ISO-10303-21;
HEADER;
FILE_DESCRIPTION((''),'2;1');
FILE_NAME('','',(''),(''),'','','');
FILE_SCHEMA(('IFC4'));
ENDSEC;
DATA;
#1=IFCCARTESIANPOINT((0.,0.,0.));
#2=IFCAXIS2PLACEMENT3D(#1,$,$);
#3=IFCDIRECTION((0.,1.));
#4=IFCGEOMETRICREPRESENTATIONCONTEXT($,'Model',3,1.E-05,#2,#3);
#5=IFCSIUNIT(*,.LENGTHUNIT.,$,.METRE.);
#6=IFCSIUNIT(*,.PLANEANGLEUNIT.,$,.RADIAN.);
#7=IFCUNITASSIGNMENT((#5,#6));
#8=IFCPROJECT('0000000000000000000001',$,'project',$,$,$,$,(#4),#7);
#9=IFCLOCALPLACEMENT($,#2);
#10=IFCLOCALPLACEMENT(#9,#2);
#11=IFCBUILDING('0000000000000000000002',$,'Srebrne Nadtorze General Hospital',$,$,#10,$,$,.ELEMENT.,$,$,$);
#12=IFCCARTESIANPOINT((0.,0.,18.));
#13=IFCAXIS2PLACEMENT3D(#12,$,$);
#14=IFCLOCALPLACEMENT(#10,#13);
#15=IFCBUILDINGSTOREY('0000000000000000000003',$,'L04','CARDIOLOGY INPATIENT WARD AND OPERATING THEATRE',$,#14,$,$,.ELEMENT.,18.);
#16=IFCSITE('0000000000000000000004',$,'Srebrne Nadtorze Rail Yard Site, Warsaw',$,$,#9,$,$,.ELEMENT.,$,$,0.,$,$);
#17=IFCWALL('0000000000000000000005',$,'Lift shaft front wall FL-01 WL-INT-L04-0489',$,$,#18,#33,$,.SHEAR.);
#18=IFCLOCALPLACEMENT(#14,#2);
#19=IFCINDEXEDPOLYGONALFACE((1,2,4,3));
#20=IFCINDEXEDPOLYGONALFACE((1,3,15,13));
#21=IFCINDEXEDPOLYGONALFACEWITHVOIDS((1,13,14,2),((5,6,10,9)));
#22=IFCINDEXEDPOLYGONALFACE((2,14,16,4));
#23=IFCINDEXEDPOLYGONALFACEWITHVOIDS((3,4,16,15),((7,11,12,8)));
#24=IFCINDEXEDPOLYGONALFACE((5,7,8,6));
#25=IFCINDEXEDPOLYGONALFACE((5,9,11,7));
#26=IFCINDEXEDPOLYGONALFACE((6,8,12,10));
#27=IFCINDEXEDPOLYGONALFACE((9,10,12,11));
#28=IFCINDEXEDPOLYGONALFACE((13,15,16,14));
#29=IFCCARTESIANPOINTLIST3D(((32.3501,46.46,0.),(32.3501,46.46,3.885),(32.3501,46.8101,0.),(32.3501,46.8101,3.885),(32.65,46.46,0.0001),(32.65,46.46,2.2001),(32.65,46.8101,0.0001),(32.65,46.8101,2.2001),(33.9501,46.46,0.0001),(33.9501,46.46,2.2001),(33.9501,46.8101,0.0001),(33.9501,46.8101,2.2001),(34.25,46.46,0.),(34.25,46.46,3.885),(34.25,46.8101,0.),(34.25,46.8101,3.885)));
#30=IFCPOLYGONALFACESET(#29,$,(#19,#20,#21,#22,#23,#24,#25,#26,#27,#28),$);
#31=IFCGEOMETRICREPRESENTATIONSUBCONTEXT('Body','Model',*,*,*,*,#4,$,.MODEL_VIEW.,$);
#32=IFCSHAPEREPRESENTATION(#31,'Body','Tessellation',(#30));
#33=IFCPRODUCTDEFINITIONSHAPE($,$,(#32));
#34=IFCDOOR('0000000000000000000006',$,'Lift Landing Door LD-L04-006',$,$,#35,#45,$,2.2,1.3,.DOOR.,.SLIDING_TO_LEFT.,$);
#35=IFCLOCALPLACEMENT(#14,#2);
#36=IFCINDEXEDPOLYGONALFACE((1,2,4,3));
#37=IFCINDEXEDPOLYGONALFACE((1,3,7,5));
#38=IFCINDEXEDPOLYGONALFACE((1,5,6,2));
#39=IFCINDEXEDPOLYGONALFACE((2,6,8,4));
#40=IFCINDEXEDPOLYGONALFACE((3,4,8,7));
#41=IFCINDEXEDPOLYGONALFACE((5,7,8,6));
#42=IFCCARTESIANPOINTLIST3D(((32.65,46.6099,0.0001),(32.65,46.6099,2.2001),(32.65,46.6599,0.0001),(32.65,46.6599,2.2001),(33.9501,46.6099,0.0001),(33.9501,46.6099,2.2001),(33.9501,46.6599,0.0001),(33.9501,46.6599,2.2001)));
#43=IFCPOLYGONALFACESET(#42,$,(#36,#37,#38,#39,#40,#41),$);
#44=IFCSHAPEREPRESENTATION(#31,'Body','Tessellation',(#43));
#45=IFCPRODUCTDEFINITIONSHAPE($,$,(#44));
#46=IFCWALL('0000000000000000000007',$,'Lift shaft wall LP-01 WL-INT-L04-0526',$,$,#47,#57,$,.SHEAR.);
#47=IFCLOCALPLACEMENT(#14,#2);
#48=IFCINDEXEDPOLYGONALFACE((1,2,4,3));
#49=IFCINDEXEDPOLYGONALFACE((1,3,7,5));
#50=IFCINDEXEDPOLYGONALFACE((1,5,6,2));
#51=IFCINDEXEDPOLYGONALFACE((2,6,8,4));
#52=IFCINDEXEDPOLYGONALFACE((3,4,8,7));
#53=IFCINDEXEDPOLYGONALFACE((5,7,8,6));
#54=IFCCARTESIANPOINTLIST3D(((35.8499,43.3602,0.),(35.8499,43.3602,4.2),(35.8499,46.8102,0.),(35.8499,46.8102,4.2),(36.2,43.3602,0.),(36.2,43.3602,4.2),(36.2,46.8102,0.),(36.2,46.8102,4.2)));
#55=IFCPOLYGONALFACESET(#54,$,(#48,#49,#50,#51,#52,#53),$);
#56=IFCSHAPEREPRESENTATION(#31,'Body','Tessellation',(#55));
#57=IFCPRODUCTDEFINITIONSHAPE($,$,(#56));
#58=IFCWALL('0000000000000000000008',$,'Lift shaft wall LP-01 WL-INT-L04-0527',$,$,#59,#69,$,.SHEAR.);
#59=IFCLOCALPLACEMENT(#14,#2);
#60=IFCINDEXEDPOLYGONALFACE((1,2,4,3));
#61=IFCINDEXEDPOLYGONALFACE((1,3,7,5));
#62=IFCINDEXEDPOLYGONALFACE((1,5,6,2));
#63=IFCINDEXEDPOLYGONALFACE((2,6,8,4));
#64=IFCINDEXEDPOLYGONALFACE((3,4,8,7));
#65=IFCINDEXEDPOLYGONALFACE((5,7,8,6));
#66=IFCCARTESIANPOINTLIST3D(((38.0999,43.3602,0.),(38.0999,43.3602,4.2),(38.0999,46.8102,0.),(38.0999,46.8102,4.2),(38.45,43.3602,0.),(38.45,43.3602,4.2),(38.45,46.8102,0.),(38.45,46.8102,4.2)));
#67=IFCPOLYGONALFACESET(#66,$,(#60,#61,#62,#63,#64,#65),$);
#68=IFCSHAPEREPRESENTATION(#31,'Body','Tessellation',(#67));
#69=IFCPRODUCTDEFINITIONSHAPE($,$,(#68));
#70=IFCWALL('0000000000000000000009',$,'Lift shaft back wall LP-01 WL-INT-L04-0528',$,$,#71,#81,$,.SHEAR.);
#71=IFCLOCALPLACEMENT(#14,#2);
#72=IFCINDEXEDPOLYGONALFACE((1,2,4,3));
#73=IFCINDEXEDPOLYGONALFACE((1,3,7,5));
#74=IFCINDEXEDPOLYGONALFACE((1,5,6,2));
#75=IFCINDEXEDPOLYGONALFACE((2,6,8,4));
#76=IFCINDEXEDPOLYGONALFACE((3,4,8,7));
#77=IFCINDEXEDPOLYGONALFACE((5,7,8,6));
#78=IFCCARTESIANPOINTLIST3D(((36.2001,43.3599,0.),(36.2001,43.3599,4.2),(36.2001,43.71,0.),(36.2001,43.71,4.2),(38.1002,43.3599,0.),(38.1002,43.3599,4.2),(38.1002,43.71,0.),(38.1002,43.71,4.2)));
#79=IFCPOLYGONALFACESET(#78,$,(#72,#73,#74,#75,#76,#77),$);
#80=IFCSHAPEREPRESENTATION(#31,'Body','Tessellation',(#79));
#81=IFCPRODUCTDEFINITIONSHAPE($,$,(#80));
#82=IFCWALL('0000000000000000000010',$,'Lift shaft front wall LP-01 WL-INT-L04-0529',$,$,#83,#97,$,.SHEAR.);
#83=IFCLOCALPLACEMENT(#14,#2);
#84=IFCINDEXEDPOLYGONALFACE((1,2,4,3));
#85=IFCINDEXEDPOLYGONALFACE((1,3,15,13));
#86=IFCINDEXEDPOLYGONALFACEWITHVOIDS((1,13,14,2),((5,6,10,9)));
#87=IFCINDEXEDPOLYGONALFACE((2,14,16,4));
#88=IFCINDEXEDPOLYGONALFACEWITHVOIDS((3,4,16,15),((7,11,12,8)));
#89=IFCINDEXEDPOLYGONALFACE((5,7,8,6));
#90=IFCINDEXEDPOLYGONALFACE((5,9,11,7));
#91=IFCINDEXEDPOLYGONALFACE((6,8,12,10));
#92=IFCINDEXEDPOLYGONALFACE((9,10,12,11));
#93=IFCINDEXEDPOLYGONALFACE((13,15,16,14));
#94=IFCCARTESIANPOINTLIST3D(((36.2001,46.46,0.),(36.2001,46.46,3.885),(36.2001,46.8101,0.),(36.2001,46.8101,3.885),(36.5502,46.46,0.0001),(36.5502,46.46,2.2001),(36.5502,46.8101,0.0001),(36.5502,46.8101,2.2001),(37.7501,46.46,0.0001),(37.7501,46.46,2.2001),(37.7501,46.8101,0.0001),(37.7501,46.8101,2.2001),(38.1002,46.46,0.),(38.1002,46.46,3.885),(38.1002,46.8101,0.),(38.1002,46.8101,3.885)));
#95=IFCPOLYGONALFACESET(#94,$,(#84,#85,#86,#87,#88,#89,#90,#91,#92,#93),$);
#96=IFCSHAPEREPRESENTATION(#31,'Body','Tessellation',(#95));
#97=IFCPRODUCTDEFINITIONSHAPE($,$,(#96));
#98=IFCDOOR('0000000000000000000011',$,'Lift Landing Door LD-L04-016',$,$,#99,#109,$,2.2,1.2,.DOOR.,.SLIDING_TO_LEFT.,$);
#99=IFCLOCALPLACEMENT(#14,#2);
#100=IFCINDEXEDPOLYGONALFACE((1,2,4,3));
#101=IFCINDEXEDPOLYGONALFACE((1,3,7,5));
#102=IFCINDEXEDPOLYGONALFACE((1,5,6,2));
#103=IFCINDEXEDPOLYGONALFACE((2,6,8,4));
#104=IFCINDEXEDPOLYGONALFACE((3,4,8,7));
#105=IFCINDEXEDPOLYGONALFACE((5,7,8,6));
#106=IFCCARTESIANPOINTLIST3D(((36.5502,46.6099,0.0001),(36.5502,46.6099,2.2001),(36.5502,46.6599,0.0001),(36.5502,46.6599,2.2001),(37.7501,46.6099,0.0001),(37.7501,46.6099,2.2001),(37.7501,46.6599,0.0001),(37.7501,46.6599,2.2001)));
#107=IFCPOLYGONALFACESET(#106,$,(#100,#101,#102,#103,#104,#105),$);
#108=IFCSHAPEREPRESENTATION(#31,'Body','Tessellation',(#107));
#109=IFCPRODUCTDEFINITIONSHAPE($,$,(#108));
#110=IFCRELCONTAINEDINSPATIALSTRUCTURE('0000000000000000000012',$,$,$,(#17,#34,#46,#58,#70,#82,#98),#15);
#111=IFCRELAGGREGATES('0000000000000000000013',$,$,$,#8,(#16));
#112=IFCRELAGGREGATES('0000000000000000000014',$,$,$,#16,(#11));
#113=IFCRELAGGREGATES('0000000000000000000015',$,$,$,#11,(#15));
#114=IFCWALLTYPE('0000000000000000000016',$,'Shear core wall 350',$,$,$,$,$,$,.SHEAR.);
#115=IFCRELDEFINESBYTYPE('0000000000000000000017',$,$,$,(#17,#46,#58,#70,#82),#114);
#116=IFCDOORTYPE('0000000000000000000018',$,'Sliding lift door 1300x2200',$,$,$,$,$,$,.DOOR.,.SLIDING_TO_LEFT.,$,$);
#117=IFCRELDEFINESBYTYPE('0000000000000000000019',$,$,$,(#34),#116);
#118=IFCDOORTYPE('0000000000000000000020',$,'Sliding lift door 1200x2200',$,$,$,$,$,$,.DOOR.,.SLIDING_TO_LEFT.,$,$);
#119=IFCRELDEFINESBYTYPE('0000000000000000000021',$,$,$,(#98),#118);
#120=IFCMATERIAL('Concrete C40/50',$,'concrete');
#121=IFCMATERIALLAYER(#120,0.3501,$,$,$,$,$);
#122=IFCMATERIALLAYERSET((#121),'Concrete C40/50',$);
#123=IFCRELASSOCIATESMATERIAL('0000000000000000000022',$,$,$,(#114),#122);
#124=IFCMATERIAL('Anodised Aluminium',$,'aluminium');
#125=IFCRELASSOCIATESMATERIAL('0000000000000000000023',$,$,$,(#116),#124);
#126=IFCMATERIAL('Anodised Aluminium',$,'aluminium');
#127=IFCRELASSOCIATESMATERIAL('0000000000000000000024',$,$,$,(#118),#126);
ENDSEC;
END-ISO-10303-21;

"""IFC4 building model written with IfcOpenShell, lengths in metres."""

from ifc_helpers import new_model, si_unit, direction, frame, frame_2d, origin, place, context, subcontext, project, spatial, rectangle, extrude, material, layer, layer_set, type_object, element, fill, save


model = new_model("IFC4")

# Units and contexts
model_context = context("Model", 3, precision=1e-05, world=origin(), true_north=direction((0.0, 1.0)))
body_context = subcontext(model_context, "Body", "Model", "MODEL_VIEW")
ifc_project = project(units=[si_unit("LENGTHUNIT", "METRE"), si_unit("PLANEANGLEUNIT", "RADIAN")], contexts=[model_context])

# Site, building, storey
site_placement = place(None, origin())
site = spatial("IfcSite", under=ifc_project, at=site_placement, Name="Srebrne Nadtorze Rail Yard Site, Warsaw", CompositionType="ELEMENT", RefElevation=0.0)
building_placement = place(site_placement, origin())
building = spatial("IfcBuilding", under=site, at=building_placement, Name="Srebrne Nadtorze General Hospital", CompositionType="ELEMENT")
storey_placement = place(building_placement, frame((0.0, 0.0, 18.0)))
storey = spatial("IfcBuildingStorey", under=building, at=storey_placement, Name="L04", Description="CARDIOLOGY INPATIENT WARD AND OPERATING THEATRE", CompositionType="ELEMENT", Elevation=18.0)

# Shared definitions
ifc_material_1 = material(Name="Concrete C40/50", Category="concrete")
ifc_layer_1 = layer(ifc_material_1, 0.3501)
ifc_layer_set_1 = layer_set([ifc_layer_1], Name="Concrete C40/50")
wall_type_1 = type_object("IfcWallType", Name="Shear core wall 350", PredefinedType="SHEAR", material=ifc_layer_set_1)

# Wall, opening, door
wall_1_placement = place(storey_placement, frame((32.3501, 46.635, 0.0), z_axis=(0.0, 0.0, 1.0), x_axis=(1.0, 0.0, 0.0)))
wall_1 = element("IfcWall", 1, at=wall_1_placement, inside=storey, type_object=wall_type_1, Name="Lift shaft front wall FL-01 WL-INT-L04-0489", PredefinedType="SHEAR", context=body_context, shape_type="SweptSolid", body=[
    extrude(rectangle(XDim=1.8999, YDim=0.3501, at=frame_2d((0.95, 0.0))), origin(), (0.0, 0.0, 1.0), 3.885),
])
opening_1_placement = place(wall_1_placement, frame((0.3, 0.0, 0.0)))
opening_1 = element("IfcOpeningElement", 2, at=opening_1_placement, cuts=wall_1, PredefinedType="OPENING", context=body_context, shape_type="SweptSolid", body=[
    extrude(rectangle(XDim=1.3, YDim=2.2, at=frame_2d((0.6499, 1.1001))), frame((0.0, 0.187, 0.0), z_axis=(0.0, -1.0, 0.0), x_axis=(1.0, 0.0, 0.0)), (0.0, 0.0, 1.0), 0.374),
])
ifc_material_2 = material(Name="Anodised Aluminium", Category="aluminium")
door_type_1 = type_object("IfcDoorType", Name="Sliding lift door 1300x2200", OperationType="SLIDING_TO_LEFT", PredefinedType="DOOR", material=ifc_material_2)
door_1_placement = place(opening_1_placement, origin())
door_1 = element("IfcDoor", 3, at=door_1_placement, inside=storey, type_object=door_type_1, Name="Lift Landing Door LD-L04-006", OperationType="SLIDING_TO_LEFT", OverallHeight=2.2, OverallWidth=1.3, PredefinedType="DOOR", context=body_context, shape_type="SweptSolid", body=[
    extrude(rectangle(XDim=1.3, YDim=2.2, at=frame_2d((0.6499, 1.1001))), frame((0.0, 0.0249, 0.0), z_axis=(0.0, -1.0, 0.0), x_axis=(1.0, 0.0, 0.0)), (0.0, 0.0, 1.0), 0.05),
])
fill(opening_1, door_1)

# Walls
for number, where, z_axis, x_axis, name in (
    (4, (36.0249, 43.3601, 0.0), (0.0, 0.0, 1.0), (0.0, 1.0, 0.0), "Lift shaft wall LP-01 WL-INT-L04-0526"),
    (5, (38.2749, 43.3601, 0.0), (0.0, 0.0, 1.0), (0.0, 1.0, 0.0), "Lift shaft wall LP-01 WL-INT-L04-0527"),
):
    element("IfcWall", number, at=place(storey_placement, frame(where, z_axis=z_axis, x_axis=x_axis)), inside=storey, type_object=wall_type_1, Name=name, PredefinedType="SHEAR", context=body_context, shape_type="SweptSolid", body=[
        extrude(rectangle(XDim=3.45, YDim=0.3501, at=frame_2d((1.7251, 0.0))), origin(), (0.0, 0.0, 1.0), 4.2),
    ])
wall_2_placement = place(storey_placement, frame((36.2, 43.5349, 0.0), z_axis=(0.0, 0.0, 1.0), x_axis=(1.0, 0.0, 0.0)))
element("IfcWall", 6, at=wall_2_placement, inside=storey, type_object=wall_type_1, Name="Lift shaft back wall LP-01 WL-INT-L04-0528", PredefinedType="SHEAR", context=body_context, shape_type="SweptSolid", body=[
    extrude(rectangle(XDim=1.9001, YDim=0.3501, at=frame_2d((0.9502, 0.0))), origin(), (0.0, 0.0, 1.0), 4.2),
])

# Wall, opening, door
wall_3_placement = place(storey_placement, frame((36.2, 46.635, 0.0), z_axis=(0.0, 0.0, 1.0), x_axis=(1.0, 0.0, 0.0)))
wall_3 = element("IfcWall", 7, at=wall_3_placement, inside=storey, type_object=wall_type_1, Name="Lift shaft front wall LP-01 WL-INT-L04-0529", PredefinedType="SHEAR", context=body_context, shape_type="SweptSolid", body=[
    extrude(rectangle(XDim=1.9001, YDim=0.3501, at=frame_2d((0.9502, 0.0))), origin(), (0.0, 0.0, 1.0), 3.885),
])
opening_2_placement = place(wall_3_placement, frame((0.3501, 0.0, 0.0)))
opening_2 = element("IfcOpeningElement", 8, at=opening_2_placement, cuts=wall_3, PredefinedType="OPENING", context=body_context, shape_type="SweptSolid", body=[
    extrude(rectangle(XDim=1.2, YDim=2.2, at=frame_2d((0.6001, 1.1001))), frame((0.0, 0.187, 0.0), z_axis=(0.0, -1.0, 0.0), x_axis=(1.0, 0.0, 0.0)), (0.0, 0.0, 1.0), 0.374),
])
ifc_material_3 = material(Name="Anodised Aluminium", Category="aluminium")
door_type_2 = type_object("IfcDoorType", Name="Sliding lift door 1200x2200", OperationType="SLIDING_TO_LEFT", PredefinedType="DOOR", material=ifc_material_3)
door_2_placement = place(opening_2_placement, origin())
door_2 = element("IfcDoor", 9, at=door_2_placement, inside=storey, type_object=door_type_2, Name="Lift Landing Door LD-L04-016", OperationType="SLIDING_TO_LEFT", OverallHeight=2.2, OverallWidth=1.2, PredefinedType="DOOR", context=body_context, shape_type="SweptSolid", body=[
    extrude(rectangle(XDim=1.2, YDim=2.2, at=frame_2d((0.6001, 1.1001))), frame((0.0, 0.0249, 0.0), z_axis=(0.0, -1.0, 0.0), x_axis=(1.0, 0.0, 0.0)), (0.0, 0.0, 1.0), 0.05),
])
fill(opening_2, door_2)

save(model, "model.ifc")
